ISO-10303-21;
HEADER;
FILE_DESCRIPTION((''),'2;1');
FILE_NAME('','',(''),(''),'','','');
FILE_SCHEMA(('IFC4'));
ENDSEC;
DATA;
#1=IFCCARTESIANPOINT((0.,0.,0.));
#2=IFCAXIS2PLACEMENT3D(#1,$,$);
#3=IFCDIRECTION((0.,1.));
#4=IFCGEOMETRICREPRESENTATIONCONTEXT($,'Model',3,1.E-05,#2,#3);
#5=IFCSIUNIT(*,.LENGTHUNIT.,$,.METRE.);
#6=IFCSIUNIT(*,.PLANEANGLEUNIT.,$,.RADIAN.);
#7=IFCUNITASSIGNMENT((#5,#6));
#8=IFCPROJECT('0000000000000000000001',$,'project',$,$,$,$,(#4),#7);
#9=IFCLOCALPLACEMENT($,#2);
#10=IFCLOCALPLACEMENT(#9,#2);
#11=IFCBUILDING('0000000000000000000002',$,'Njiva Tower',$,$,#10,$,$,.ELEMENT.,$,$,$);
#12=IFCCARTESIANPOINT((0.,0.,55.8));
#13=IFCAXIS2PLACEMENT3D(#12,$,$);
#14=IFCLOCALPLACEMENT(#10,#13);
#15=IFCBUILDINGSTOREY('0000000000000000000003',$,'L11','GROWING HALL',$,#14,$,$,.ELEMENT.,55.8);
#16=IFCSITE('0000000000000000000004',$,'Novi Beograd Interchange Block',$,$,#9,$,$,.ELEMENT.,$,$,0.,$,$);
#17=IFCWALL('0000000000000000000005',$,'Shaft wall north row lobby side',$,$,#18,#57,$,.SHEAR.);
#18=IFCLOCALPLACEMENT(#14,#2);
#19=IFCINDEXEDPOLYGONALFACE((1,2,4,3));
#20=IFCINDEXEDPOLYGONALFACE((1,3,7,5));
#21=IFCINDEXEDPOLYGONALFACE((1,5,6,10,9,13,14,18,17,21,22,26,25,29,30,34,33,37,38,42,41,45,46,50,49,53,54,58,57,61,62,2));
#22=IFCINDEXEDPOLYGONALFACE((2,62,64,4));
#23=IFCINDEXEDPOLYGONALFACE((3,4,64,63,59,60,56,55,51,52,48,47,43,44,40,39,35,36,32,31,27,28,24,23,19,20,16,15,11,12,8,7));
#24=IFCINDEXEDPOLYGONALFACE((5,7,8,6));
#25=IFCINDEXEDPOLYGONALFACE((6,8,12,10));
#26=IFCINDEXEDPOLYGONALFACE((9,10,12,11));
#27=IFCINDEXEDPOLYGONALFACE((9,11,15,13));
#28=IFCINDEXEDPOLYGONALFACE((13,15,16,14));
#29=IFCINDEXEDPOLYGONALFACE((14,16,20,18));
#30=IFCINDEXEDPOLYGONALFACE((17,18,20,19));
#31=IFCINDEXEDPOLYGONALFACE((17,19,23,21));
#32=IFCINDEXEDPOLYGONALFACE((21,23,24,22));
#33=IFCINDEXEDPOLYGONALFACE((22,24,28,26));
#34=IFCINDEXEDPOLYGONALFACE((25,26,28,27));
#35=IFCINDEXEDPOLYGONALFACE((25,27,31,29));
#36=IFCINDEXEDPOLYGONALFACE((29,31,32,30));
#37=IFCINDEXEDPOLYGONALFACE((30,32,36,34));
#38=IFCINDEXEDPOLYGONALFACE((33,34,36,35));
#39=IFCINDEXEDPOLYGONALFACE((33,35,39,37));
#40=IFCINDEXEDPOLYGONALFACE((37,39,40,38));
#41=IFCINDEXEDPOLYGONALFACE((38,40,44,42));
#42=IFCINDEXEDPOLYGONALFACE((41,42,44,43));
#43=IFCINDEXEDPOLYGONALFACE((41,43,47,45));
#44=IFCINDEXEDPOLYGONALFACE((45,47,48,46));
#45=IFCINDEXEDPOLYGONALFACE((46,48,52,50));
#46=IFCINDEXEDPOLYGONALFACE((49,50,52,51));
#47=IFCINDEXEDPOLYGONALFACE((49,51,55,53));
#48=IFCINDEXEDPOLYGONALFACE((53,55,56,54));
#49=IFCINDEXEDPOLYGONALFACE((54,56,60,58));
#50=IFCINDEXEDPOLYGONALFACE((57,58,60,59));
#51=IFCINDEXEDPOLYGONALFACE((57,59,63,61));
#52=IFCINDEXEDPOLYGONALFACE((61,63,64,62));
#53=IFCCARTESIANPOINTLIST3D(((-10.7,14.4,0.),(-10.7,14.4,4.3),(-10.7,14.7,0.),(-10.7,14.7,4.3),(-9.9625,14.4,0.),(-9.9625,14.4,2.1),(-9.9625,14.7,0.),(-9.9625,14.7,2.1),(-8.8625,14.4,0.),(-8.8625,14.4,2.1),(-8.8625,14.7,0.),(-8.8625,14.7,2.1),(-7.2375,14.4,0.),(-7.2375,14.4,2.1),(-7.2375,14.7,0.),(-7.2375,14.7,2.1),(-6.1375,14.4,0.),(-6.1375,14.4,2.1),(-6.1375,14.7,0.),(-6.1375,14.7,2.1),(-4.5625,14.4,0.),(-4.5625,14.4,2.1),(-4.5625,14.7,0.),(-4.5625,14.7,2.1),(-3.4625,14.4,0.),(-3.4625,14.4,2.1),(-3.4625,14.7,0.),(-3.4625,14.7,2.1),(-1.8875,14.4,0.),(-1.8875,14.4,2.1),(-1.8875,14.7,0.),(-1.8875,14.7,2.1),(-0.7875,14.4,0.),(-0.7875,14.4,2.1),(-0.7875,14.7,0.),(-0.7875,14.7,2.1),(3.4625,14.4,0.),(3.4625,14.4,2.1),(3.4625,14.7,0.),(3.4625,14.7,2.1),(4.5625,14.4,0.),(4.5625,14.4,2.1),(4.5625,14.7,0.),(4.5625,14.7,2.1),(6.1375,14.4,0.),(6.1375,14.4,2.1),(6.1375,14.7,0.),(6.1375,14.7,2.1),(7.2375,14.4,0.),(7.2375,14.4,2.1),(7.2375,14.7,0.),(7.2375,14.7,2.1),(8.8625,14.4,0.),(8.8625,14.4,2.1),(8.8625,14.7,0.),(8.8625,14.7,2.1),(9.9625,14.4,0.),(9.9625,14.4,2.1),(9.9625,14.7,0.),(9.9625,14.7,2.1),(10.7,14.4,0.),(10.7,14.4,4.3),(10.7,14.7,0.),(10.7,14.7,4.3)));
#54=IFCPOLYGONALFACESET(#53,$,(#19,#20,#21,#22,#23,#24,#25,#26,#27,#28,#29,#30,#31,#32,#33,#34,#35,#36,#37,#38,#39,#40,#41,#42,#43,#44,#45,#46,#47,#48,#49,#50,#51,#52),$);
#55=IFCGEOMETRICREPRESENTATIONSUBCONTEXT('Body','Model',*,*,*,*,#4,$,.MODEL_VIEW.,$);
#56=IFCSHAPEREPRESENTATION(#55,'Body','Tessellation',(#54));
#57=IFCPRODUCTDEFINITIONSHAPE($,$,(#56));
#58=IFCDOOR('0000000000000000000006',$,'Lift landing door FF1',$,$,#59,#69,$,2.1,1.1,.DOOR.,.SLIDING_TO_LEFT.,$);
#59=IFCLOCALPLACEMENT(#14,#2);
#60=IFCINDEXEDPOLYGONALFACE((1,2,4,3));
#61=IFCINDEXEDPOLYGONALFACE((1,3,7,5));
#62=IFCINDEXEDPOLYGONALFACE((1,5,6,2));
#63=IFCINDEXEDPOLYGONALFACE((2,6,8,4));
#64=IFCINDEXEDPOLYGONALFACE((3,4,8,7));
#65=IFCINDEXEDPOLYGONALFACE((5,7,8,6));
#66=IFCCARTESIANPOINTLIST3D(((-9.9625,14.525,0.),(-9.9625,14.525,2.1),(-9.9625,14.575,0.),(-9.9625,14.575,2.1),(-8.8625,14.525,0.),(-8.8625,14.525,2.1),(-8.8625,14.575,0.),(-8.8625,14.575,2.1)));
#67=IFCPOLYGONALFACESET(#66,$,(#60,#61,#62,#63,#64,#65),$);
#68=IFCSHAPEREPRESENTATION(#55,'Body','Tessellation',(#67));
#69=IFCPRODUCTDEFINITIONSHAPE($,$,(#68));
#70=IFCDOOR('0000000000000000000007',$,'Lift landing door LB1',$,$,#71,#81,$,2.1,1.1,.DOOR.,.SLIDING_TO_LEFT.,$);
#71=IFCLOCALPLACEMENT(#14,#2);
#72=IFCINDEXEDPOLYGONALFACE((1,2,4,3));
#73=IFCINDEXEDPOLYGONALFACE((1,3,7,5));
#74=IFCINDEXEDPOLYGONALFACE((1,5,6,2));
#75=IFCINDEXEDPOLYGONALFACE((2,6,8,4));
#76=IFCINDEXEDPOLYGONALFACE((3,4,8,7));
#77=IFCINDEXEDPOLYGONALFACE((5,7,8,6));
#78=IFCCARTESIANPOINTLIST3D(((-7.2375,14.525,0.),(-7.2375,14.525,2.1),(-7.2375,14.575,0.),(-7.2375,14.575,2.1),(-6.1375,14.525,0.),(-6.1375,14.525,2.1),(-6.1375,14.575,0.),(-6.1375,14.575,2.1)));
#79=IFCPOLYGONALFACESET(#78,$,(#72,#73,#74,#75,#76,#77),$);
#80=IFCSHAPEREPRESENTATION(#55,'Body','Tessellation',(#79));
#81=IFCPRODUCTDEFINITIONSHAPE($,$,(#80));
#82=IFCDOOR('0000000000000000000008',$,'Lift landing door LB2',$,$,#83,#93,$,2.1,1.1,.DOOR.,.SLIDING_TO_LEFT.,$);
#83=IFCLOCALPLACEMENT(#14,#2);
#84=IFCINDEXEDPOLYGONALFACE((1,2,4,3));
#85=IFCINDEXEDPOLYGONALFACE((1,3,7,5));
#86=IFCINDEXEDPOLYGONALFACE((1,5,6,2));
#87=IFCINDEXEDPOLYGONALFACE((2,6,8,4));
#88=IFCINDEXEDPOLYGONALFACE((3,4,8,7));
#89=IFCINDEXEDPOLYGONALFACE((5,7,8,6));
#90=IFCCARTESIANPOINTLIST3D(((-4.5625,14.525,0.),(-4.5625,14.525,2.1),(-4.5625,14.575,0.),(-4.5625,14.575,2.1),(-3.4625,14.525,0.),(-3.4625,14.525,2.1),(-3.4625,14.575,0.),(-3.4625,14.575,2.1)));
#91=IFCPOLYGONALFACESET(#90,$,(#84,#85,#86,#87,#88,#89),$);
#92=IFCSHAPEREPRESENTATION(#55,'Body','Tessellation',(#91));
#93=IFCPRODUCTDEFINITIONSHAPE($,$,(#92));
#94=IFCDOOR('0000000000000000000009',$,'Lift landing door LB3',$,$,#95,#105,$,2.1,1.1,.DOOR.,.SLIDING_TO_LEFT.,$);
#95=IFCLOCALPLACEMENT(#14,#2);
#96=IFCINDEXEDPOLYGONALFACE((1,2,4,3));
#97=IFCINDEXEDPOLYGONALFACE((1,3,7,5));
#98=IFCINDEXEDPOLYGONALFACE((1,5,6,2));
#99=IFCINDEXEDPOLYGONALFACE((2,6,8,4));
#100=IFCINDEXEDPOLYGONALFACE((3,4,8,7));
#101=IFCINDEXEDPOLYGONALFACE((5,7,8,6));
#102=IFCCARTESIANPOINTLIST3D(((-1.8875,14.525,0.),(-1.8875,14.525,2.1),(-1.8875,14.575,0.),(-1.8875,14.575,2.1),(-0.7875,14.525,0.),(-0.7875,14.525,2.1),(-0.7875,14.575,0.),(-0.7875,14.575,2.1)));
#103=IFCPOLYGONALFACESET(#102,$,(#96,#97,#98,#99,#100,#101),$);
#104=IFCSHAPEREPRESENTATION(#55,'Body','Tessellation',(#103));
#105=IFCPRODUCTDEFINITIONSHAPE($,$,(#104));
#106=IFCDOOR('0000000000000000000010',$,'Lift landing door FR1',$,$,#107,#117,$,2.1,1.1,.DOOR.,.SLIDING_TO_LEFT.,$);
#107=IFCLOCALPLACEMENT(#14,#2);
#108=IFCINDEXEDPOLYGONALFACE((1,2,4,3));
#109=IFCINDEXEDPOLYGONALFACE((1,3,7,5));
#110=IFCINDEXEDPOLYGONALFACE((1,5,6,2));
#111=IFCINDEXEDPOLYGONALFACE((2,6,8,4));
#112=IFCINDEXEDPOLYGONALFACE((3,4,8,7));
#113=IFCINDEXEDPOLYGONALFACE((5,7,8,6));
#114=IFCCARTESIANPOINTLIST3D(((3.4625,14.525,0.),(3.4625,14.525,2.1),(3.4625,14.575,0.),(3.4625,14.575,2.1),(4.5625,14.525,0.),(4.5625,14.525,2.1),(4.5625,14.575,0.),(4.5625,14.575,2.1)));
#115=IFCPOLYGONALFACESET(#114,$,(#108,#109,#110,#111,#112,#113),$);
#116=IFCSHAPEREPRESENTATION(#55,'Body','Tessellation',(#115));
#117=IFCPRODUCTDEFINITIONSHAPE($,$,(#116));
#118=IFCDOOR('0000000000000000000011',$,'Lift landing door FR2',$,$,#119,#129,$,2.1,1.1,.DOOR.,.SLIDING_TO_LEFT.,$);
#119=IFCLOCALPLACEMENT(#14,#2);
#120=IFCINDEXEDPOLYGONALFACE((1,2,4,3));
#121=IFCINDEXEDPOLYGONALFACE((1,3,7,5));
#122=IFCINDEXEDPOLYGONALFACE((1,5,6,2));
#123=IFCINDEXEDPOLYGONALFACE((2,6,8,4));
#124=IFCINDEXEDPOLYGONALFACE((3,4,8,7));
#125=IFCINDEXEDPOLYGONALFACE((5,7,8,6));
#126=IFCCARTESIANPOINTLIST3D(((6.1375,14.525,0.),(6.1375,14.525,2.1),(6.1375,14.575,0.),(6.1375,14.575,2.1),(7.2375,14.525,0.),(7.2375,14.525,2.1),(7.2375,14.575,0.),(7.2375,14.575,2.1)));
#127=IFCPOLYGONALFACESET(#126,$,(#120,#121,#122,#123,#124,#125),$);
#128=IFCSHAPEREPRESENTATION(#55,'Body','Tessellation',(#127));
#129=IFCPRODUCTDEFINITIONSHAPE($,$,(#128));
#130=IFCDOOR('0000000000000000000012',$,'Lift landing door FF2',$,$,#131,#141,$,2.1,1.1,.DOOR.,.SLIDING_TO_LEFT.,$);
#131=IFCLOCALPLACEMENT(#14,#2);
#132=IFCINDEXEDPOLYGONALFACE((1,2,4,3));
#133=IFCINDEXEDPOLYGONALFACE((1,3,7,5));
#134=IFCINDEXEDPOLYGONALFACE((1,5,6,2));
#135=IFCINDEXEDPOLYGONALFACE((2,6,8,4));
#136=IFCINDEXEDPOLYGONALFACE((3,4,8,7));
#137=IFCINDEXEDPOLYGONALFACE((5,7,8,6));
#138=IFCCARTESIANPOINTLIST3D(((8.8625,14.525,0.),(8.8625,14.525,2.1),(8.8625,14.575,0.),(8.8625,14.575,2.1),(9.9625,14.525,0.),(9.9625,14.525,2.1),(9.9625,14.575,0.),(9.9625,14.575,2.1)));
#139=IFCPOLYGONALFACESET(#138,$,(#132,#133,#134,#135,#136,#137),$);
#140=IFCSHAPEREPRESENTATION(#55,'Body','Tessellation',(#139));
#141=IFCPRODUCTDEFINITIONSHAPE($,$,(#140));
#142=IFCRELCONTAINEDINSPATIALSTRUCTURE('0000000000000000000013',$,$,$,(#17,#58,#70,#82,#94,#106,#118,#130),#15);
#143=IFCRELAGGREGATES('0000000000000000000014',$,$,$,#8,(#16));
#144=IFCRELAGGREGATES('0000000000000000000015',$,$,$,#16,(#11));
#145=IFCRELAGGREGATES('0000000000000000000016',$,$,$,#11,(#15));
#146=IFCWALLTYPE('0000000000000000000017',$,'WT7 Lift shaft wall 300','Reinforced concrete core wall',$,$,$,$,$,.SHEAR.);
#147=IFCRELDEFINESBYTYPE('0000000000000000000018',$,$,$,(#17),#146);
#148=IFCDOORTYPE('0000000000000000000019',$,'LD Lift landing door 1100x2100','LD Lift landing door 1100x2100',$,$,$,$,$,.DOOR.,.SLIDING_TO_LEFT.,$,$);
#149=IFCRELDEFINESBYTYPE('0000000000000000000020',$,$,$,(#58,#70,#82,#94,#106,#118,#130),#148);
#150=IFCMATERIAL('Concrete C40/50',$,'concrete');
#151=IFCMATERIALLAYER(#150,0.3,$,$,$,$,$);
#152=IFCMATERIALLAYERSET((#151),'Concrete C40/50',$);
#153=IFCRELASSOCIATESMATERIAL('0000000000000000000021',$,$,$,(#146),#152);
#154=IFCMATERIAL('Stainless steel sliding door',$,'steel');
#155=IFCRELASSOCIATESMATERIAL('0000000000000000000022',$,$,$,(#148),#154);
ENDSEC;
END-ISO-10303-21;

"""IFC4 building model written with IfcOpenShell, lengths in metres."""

from ifc_helpers import new_model, si_unit, direction, frame, frame_2d, origin, place, context, subcontext, project, spatial, rectangle, extrude, material, layer, layer_set, type_object, element, fill, save


model = new_model("IFC4")

# Units and contexts
model_context = context("Model", 3, precision=1e-05, world=origin(), true_north=direction((0.0, 1.0)))
body_context = subcontext(model_context, "Body", "Model", "MODEL_VIEW")
ifc_project = project(units=[si_unit("LENGTHUNIT", "METRE"), si_unit("PLANEANGLEUNIT", "RADIAN")], contexts=[model_context])

# Site, building, storey
site_placement = place(None, origin())
site = spatial("IfcSite", under=ifc_project, at=site_placement, Name="Novi Beograd Interchange Block", CompositionType="ELEMENT", RefElevation=0.0)
building_placement = place(site_placement, origin())
building = spatial("IfcBuilding", under=site, at=building_placement, Name="Njiva Tower", CompositionType="ELEMENT")
storey_placement = place(building_placement, frame((0.0, 0.0, 55.8)))
storey = spatial("IfcBuildingStorey", under=building, at=storey_placement, Name="L11", Description="GROWING HALL", CompositionType="ELEMENT", Elevation=55.8)

# Shared definitions
ifc_material_1 = material(Name="Concrete C40/50", Category="concrete")

# Wall, openings, doors
ifc_layer_1 = layer(ifc_material_1, 0.3)
ifc_layer_set_1 = layer_set([ifc_layer_1], Name="Concrete C40/50")
wall_type_1 = type_object("IfcWallType", Name="WT7 Lift shaft wall 300", Description="Reinforced concrete core wall", PredefinedType="SHEAR", material=ifc_layer_set_1)
wall_1_placement = place(storey_placement, frame((-10.7, 14.55, 0.0), z_axis=(0.0, 0.0, 1.0), x_axis=(1.0, 0.0, 0.0)))
wall_1 = element("IfcWall", 1, at=wall_1_placement, inside=storey, type_object=wall_type_1, Name="Shaft wall north row lobby side", PredefinedType="SHEAR", context=body_context, shape_type="SweptSolid", body=[
    extrude(rectangle(XDim=21.4, YDim=0.3, at=frame_2d((10.7, 0.0))), origin(), (0.0, 0.0, 1.0), 4.3),
])
opening_1_placement = place(wall_1_placement, frame((0.7375, 0.0, 0.0)))
opening_1 = element("IfcOpeningElement", 2, at=opening_1_placement, cuts=wall_1, PredefinedType="OPENING", context=body_context, shape_type="SweptSolid", body=[
    extrude(rectangle(XDim=1.1, YDim=2.1, at=frame_2d((0.55, 1.05))), frame((0.0, 0.16, 0.0), z_axis=(0.0, -1.0, 0.0), x_axis=(1.0, 0.0, 0.0)), (0.0, 0.0, 1.0), 0.32),
])
opening_2_placement = place(wall_1_placement, frame((3.4625, 0.0, 0.0)))
opening_2 = element("IfcOpeningElement", 3, at=opening_2_placement, cuts=wall_1, PredefinedType="OPENING", context=body_context, shape_type="SweptSolid", body=[
    extrude(rectangle(XDim=1.1, YDim=2.1, at=frame_2d((0.55, 1.05))), frame((0.0, 0.16, 0.0), z_axis=(0.0, -1.0, 0.0), x_axis=(1.0, 0.0, 0.0)), (0.0, 0.0, 1.0), 0.32),
])
opening_3_placement = place(wall_1_placement, frame((6.1375, 0.0, 0.0)))
opening_3 = element("IfcOpeningElement", 4, at=opening_3_placement, cuts=wall_1, PredefinedType="OPENING", context=body_context, shape_type="SweptSolid", body=[
    extrude(rectangle(XDim=1.1, YDim=2.1, at=frame_2d((0.55, 1.05))), frame((0.0, 0.16, 0.0), z_axis=(0.0, -1.0, 0.0), x_axis=(1.0, 0.0, 0.0)), (0.0, 0.0, 1.0), 0.32),
])
opening_4_placement = place(wall_1_placement, frame((8.8125, 0.0, 0.0)))
opening_4 = element("IfcOpeningElement", 5, at=opening_4_placement, cuts=wall_1, PredefinedType="OPENING", context=body_context, shape_type="SweptSolid", body=[
    extrude(rectangle(XDim=1.1, YDim=2.1, at=frame_2d((0.55, 1.05))), frame((0.0, 0.16, 0.0), z_axis=(0.0, -1.0, 0.0), x_axis=(1.0, 0.0, 0.0)), (0.0, 0.0, 1.0), 0.32),
])
opening_5_placement = place(wall_1_placement, frame((14.1625, 0.0, 0.0)))
opening_5 = element("IfcOpeningElement", 6, at=opening_5_placement, cuts=wall_1, PredefinedType="OPENING", context=body_context, shape_type="SweptSolid", body=[
    extrude(rectangle(XDim=1.1, YDim=2.1, at=frame_2d((0.55, 1.05))), frame((0.0, 0.16, 0.0), z_axis=(0.0, -1.0, 0.0), x_axis=(1.0, 0.0, 0.0)), (0.0, 0.0, 1.0), 0.32),
])
opening_6_placement = place(wall_1_placement, frame((16.8375, 0.0, 0.0)))
opening_6 = element("IfcOpeningElement", 7, at=opening_6_placement, cuts=wall_1, PredefinedType="OPENING", context=body_context, shape_type="SweptSolid", body=[
    extrude(rectangle(XDim=1.1, YDim=2.1, at=frame_2d((0.55, 1.05))), frame((0.0, 0.16, 0.0), z_axis=(0.0, -1.0, 0.0), x_axis=(1.0, 0.0, 0.0)), (0.0, 0.0, 1.0), 0.32),
])
opening_7_placement = place(wall_1_placement, frame((19.5625, 0.0, 0.0)))
opening_7 = element("IfcOpeningElement", 8, at=opening_7_placement, cuts=wall_1, PredefinedType="OPENING", context=body_context, shape_type="SweptSolid", body=[
    extrude(rectangle(XDim=1.1, YDim=2.1, at=frame_2d((0.55, 1.05))), frame((0.0, 0.16, 0.0), z_axis=(0.0, -1.0, 0.0), x_axis=(1.0, 0.0, 0.0)), (0.0, 0.0, 1.0), 0.32),
])
ifc_material_2 = material(Name="Stainless steel sliding door", Category="steel")
door_type_1 = type_object("IfcDoorType", Name="LD Lift landing door 1100x2100", Description="LD Lift landing door 1100x2100", OperationType="SLIDING_TO_LEFT", PredefinedType="DOOR", material=ifc_material_2)
door_1_placement = place(opening_1_placement, origin())
door_1 = element("IfcDoor", 9, at=door_1_placement, inside=storey, type_object=door_type_1, Name="Lift landing door FF1", OperationType="SLIDING_TO_LEFT", OverallHeight=2.1, OverallWidth=1.1, PredefinedType="DOOR", context=body_context, shape_type="SweptSolid", body=[
    extrude(rectangle(XDim=1.1, YDim=2.1, at=frame_2d((0.55, 1.05))), frame((0.0, 0.025, 0.0), z_axis=(0.0, -1.0, 0.0), x_axis=(1.0, 0.0, 0.0)), (0.0, 0.0, 1.0), 0.05),
])
fill(opening_1, door_1)
door_2_placement = place(opening_2_placement, origin())
door_2 = element("IfcDoor", 10, at=door_2_placement, inside=storey, type_object=door_type_1, Name="Lift landing door LB1", OperationType="SLIDING_TO_LEFT", OverallHeight=2.1, OverallWidth=1.1, PredefinedType="DOOR", context=body_context, shape_type="SweptSolid", body=[
    extrude(rectangle(XDim=1.1, YDim=2.1, at=frame_2d((0.55, 1.05))), frame((0.0, 0.025, 0.0), z_axis=(0.0, -1.0, 0.0), x_axis=(1.0, 0.0, 0.0)), (0.0, 0.0, 1.0), 0.05),
])
fill(opening_2, door_2)
door_3_placement = place(opening_3_placement, origin())
door_3 = element("IfcDoor", 11, at=door_3_placement, inside=storey, type_object=door_type_1, Name="Lift landing door LB2", OperationType="SLIDING_TO_LEFT", OverallHeight=2.1, OverallWidth=1.1, PredefinedType="DOOR", context=body_context, shape_type="SweptSolid", body=[
    extrude(rectangle(XDim=1.1, YDim=2.1, at=frame_2d((0.55, 1.05))), frame((0.0, 0.025, 0.0), z_axis=(0.0, -1.0, 0.0), x_axis=(1.0, 0.0, 0.0)), (0.0, 0.0, 1.0), 0.05),
])
fill(opening_3, door_3)
door_4_placement = place(opening_4_placement, origin())
door_4 = element("IfcDoor", 12, at=door_4_placement, inside=storey, type_object=door_type_1, Name="Lift landing door LB3", OperationType="SLIDING_TO_LEFT", OverallHeight=2.1, OverallWidth=1.1, PredefinedType="DOOR", context=body_context, shape_type="SweptSolid", body=[
    extrude(rectangle(XDim=1.1, YDim=2.1, at=frame_2d((0.55, 1.05))), frame((0.0, 0.025, 0.0), z_axis=(0.0, -1.0, 0.0), x_axis=(1.0, 0.0, 0.0)), (0.0, 0.0, 1.0), 0.05),
])
fill(opening_4, door_4)
door_5_placement = place(opening_5_placement, origin())
door_5 = element("IfcDoor", 13, at=door_5_placement, inside=storey, type_object=door_type_1, Name="Lift landing door FR1", OperationType="SLIDING_TO_LEFT", OverallHeight=2.1, OverallWidth=1.1, PredefinedType="DOOR", context=body_context, shape_type="SweptSolid", body=[
    extrude(rectangle(XDim=1.1, YDim=2.1, at=frame_2d((0.55, 1.05))), frame((0.0, 0.025, 0.0), z_axis=(0.0, -1.0, 0.0), x_axis=(1.0, 0.0, 0.0)), (0.0, 0.0, 1.0), 0.05),
])
fill(opening_5, door_5)
door_6_placement = place(opening_6_placement, origin())
door_6 = element("IfcDoor", 14, at=door_6_placement, inside=storey, type_object=door_type_1, Name="Lift landing door FR2", OperationType="SLIDING_TO_LEFT", OverallHeight=2.1, OverallWidth=1.1, PredefinedType="DOOR", context=body_context, shape_type="SweptSolid", body=[
    extrude(rectangle(XDim=1.1, YDim=2.1, at=frame_2d((0.55, 1.05))), frame((0.0, 0.025, 0.0), z_axis=(0.0, -1.0, 0.0), x_axis=(1.0, 0.0, 0.0)), (0.0, 0.0, 1.0), 0.05),
])
fill(opening_6, door_6)
door_7_placement = place(opening_7_placement, origin())
door_7 = element("IfcDoor", 15, at=door_7_placement, inside=storey, type_object=door_type_1, Name="Lift landing door FF2", OperationType="SLIDING_TO_LEFT", OverallHeight=2.1, OverallWidth=1.1, PredefinedType="DOOR", context=body_context, shape_type="SweptSolid", body=[
    extrude(rectangle(XDim=1.1, YDim=2.1, at=frame_2d((0.55, 1.05))), frame((0.0, 0.025, 0.0), z_axis=(0.0, -1.0, 0.0), x_axis=(1.0, 0.0, 0.0)), (0.0, 0.0, 1.0), 0.05),
])
fill(opening_7, door_7)

save(model, "model.ifc")
